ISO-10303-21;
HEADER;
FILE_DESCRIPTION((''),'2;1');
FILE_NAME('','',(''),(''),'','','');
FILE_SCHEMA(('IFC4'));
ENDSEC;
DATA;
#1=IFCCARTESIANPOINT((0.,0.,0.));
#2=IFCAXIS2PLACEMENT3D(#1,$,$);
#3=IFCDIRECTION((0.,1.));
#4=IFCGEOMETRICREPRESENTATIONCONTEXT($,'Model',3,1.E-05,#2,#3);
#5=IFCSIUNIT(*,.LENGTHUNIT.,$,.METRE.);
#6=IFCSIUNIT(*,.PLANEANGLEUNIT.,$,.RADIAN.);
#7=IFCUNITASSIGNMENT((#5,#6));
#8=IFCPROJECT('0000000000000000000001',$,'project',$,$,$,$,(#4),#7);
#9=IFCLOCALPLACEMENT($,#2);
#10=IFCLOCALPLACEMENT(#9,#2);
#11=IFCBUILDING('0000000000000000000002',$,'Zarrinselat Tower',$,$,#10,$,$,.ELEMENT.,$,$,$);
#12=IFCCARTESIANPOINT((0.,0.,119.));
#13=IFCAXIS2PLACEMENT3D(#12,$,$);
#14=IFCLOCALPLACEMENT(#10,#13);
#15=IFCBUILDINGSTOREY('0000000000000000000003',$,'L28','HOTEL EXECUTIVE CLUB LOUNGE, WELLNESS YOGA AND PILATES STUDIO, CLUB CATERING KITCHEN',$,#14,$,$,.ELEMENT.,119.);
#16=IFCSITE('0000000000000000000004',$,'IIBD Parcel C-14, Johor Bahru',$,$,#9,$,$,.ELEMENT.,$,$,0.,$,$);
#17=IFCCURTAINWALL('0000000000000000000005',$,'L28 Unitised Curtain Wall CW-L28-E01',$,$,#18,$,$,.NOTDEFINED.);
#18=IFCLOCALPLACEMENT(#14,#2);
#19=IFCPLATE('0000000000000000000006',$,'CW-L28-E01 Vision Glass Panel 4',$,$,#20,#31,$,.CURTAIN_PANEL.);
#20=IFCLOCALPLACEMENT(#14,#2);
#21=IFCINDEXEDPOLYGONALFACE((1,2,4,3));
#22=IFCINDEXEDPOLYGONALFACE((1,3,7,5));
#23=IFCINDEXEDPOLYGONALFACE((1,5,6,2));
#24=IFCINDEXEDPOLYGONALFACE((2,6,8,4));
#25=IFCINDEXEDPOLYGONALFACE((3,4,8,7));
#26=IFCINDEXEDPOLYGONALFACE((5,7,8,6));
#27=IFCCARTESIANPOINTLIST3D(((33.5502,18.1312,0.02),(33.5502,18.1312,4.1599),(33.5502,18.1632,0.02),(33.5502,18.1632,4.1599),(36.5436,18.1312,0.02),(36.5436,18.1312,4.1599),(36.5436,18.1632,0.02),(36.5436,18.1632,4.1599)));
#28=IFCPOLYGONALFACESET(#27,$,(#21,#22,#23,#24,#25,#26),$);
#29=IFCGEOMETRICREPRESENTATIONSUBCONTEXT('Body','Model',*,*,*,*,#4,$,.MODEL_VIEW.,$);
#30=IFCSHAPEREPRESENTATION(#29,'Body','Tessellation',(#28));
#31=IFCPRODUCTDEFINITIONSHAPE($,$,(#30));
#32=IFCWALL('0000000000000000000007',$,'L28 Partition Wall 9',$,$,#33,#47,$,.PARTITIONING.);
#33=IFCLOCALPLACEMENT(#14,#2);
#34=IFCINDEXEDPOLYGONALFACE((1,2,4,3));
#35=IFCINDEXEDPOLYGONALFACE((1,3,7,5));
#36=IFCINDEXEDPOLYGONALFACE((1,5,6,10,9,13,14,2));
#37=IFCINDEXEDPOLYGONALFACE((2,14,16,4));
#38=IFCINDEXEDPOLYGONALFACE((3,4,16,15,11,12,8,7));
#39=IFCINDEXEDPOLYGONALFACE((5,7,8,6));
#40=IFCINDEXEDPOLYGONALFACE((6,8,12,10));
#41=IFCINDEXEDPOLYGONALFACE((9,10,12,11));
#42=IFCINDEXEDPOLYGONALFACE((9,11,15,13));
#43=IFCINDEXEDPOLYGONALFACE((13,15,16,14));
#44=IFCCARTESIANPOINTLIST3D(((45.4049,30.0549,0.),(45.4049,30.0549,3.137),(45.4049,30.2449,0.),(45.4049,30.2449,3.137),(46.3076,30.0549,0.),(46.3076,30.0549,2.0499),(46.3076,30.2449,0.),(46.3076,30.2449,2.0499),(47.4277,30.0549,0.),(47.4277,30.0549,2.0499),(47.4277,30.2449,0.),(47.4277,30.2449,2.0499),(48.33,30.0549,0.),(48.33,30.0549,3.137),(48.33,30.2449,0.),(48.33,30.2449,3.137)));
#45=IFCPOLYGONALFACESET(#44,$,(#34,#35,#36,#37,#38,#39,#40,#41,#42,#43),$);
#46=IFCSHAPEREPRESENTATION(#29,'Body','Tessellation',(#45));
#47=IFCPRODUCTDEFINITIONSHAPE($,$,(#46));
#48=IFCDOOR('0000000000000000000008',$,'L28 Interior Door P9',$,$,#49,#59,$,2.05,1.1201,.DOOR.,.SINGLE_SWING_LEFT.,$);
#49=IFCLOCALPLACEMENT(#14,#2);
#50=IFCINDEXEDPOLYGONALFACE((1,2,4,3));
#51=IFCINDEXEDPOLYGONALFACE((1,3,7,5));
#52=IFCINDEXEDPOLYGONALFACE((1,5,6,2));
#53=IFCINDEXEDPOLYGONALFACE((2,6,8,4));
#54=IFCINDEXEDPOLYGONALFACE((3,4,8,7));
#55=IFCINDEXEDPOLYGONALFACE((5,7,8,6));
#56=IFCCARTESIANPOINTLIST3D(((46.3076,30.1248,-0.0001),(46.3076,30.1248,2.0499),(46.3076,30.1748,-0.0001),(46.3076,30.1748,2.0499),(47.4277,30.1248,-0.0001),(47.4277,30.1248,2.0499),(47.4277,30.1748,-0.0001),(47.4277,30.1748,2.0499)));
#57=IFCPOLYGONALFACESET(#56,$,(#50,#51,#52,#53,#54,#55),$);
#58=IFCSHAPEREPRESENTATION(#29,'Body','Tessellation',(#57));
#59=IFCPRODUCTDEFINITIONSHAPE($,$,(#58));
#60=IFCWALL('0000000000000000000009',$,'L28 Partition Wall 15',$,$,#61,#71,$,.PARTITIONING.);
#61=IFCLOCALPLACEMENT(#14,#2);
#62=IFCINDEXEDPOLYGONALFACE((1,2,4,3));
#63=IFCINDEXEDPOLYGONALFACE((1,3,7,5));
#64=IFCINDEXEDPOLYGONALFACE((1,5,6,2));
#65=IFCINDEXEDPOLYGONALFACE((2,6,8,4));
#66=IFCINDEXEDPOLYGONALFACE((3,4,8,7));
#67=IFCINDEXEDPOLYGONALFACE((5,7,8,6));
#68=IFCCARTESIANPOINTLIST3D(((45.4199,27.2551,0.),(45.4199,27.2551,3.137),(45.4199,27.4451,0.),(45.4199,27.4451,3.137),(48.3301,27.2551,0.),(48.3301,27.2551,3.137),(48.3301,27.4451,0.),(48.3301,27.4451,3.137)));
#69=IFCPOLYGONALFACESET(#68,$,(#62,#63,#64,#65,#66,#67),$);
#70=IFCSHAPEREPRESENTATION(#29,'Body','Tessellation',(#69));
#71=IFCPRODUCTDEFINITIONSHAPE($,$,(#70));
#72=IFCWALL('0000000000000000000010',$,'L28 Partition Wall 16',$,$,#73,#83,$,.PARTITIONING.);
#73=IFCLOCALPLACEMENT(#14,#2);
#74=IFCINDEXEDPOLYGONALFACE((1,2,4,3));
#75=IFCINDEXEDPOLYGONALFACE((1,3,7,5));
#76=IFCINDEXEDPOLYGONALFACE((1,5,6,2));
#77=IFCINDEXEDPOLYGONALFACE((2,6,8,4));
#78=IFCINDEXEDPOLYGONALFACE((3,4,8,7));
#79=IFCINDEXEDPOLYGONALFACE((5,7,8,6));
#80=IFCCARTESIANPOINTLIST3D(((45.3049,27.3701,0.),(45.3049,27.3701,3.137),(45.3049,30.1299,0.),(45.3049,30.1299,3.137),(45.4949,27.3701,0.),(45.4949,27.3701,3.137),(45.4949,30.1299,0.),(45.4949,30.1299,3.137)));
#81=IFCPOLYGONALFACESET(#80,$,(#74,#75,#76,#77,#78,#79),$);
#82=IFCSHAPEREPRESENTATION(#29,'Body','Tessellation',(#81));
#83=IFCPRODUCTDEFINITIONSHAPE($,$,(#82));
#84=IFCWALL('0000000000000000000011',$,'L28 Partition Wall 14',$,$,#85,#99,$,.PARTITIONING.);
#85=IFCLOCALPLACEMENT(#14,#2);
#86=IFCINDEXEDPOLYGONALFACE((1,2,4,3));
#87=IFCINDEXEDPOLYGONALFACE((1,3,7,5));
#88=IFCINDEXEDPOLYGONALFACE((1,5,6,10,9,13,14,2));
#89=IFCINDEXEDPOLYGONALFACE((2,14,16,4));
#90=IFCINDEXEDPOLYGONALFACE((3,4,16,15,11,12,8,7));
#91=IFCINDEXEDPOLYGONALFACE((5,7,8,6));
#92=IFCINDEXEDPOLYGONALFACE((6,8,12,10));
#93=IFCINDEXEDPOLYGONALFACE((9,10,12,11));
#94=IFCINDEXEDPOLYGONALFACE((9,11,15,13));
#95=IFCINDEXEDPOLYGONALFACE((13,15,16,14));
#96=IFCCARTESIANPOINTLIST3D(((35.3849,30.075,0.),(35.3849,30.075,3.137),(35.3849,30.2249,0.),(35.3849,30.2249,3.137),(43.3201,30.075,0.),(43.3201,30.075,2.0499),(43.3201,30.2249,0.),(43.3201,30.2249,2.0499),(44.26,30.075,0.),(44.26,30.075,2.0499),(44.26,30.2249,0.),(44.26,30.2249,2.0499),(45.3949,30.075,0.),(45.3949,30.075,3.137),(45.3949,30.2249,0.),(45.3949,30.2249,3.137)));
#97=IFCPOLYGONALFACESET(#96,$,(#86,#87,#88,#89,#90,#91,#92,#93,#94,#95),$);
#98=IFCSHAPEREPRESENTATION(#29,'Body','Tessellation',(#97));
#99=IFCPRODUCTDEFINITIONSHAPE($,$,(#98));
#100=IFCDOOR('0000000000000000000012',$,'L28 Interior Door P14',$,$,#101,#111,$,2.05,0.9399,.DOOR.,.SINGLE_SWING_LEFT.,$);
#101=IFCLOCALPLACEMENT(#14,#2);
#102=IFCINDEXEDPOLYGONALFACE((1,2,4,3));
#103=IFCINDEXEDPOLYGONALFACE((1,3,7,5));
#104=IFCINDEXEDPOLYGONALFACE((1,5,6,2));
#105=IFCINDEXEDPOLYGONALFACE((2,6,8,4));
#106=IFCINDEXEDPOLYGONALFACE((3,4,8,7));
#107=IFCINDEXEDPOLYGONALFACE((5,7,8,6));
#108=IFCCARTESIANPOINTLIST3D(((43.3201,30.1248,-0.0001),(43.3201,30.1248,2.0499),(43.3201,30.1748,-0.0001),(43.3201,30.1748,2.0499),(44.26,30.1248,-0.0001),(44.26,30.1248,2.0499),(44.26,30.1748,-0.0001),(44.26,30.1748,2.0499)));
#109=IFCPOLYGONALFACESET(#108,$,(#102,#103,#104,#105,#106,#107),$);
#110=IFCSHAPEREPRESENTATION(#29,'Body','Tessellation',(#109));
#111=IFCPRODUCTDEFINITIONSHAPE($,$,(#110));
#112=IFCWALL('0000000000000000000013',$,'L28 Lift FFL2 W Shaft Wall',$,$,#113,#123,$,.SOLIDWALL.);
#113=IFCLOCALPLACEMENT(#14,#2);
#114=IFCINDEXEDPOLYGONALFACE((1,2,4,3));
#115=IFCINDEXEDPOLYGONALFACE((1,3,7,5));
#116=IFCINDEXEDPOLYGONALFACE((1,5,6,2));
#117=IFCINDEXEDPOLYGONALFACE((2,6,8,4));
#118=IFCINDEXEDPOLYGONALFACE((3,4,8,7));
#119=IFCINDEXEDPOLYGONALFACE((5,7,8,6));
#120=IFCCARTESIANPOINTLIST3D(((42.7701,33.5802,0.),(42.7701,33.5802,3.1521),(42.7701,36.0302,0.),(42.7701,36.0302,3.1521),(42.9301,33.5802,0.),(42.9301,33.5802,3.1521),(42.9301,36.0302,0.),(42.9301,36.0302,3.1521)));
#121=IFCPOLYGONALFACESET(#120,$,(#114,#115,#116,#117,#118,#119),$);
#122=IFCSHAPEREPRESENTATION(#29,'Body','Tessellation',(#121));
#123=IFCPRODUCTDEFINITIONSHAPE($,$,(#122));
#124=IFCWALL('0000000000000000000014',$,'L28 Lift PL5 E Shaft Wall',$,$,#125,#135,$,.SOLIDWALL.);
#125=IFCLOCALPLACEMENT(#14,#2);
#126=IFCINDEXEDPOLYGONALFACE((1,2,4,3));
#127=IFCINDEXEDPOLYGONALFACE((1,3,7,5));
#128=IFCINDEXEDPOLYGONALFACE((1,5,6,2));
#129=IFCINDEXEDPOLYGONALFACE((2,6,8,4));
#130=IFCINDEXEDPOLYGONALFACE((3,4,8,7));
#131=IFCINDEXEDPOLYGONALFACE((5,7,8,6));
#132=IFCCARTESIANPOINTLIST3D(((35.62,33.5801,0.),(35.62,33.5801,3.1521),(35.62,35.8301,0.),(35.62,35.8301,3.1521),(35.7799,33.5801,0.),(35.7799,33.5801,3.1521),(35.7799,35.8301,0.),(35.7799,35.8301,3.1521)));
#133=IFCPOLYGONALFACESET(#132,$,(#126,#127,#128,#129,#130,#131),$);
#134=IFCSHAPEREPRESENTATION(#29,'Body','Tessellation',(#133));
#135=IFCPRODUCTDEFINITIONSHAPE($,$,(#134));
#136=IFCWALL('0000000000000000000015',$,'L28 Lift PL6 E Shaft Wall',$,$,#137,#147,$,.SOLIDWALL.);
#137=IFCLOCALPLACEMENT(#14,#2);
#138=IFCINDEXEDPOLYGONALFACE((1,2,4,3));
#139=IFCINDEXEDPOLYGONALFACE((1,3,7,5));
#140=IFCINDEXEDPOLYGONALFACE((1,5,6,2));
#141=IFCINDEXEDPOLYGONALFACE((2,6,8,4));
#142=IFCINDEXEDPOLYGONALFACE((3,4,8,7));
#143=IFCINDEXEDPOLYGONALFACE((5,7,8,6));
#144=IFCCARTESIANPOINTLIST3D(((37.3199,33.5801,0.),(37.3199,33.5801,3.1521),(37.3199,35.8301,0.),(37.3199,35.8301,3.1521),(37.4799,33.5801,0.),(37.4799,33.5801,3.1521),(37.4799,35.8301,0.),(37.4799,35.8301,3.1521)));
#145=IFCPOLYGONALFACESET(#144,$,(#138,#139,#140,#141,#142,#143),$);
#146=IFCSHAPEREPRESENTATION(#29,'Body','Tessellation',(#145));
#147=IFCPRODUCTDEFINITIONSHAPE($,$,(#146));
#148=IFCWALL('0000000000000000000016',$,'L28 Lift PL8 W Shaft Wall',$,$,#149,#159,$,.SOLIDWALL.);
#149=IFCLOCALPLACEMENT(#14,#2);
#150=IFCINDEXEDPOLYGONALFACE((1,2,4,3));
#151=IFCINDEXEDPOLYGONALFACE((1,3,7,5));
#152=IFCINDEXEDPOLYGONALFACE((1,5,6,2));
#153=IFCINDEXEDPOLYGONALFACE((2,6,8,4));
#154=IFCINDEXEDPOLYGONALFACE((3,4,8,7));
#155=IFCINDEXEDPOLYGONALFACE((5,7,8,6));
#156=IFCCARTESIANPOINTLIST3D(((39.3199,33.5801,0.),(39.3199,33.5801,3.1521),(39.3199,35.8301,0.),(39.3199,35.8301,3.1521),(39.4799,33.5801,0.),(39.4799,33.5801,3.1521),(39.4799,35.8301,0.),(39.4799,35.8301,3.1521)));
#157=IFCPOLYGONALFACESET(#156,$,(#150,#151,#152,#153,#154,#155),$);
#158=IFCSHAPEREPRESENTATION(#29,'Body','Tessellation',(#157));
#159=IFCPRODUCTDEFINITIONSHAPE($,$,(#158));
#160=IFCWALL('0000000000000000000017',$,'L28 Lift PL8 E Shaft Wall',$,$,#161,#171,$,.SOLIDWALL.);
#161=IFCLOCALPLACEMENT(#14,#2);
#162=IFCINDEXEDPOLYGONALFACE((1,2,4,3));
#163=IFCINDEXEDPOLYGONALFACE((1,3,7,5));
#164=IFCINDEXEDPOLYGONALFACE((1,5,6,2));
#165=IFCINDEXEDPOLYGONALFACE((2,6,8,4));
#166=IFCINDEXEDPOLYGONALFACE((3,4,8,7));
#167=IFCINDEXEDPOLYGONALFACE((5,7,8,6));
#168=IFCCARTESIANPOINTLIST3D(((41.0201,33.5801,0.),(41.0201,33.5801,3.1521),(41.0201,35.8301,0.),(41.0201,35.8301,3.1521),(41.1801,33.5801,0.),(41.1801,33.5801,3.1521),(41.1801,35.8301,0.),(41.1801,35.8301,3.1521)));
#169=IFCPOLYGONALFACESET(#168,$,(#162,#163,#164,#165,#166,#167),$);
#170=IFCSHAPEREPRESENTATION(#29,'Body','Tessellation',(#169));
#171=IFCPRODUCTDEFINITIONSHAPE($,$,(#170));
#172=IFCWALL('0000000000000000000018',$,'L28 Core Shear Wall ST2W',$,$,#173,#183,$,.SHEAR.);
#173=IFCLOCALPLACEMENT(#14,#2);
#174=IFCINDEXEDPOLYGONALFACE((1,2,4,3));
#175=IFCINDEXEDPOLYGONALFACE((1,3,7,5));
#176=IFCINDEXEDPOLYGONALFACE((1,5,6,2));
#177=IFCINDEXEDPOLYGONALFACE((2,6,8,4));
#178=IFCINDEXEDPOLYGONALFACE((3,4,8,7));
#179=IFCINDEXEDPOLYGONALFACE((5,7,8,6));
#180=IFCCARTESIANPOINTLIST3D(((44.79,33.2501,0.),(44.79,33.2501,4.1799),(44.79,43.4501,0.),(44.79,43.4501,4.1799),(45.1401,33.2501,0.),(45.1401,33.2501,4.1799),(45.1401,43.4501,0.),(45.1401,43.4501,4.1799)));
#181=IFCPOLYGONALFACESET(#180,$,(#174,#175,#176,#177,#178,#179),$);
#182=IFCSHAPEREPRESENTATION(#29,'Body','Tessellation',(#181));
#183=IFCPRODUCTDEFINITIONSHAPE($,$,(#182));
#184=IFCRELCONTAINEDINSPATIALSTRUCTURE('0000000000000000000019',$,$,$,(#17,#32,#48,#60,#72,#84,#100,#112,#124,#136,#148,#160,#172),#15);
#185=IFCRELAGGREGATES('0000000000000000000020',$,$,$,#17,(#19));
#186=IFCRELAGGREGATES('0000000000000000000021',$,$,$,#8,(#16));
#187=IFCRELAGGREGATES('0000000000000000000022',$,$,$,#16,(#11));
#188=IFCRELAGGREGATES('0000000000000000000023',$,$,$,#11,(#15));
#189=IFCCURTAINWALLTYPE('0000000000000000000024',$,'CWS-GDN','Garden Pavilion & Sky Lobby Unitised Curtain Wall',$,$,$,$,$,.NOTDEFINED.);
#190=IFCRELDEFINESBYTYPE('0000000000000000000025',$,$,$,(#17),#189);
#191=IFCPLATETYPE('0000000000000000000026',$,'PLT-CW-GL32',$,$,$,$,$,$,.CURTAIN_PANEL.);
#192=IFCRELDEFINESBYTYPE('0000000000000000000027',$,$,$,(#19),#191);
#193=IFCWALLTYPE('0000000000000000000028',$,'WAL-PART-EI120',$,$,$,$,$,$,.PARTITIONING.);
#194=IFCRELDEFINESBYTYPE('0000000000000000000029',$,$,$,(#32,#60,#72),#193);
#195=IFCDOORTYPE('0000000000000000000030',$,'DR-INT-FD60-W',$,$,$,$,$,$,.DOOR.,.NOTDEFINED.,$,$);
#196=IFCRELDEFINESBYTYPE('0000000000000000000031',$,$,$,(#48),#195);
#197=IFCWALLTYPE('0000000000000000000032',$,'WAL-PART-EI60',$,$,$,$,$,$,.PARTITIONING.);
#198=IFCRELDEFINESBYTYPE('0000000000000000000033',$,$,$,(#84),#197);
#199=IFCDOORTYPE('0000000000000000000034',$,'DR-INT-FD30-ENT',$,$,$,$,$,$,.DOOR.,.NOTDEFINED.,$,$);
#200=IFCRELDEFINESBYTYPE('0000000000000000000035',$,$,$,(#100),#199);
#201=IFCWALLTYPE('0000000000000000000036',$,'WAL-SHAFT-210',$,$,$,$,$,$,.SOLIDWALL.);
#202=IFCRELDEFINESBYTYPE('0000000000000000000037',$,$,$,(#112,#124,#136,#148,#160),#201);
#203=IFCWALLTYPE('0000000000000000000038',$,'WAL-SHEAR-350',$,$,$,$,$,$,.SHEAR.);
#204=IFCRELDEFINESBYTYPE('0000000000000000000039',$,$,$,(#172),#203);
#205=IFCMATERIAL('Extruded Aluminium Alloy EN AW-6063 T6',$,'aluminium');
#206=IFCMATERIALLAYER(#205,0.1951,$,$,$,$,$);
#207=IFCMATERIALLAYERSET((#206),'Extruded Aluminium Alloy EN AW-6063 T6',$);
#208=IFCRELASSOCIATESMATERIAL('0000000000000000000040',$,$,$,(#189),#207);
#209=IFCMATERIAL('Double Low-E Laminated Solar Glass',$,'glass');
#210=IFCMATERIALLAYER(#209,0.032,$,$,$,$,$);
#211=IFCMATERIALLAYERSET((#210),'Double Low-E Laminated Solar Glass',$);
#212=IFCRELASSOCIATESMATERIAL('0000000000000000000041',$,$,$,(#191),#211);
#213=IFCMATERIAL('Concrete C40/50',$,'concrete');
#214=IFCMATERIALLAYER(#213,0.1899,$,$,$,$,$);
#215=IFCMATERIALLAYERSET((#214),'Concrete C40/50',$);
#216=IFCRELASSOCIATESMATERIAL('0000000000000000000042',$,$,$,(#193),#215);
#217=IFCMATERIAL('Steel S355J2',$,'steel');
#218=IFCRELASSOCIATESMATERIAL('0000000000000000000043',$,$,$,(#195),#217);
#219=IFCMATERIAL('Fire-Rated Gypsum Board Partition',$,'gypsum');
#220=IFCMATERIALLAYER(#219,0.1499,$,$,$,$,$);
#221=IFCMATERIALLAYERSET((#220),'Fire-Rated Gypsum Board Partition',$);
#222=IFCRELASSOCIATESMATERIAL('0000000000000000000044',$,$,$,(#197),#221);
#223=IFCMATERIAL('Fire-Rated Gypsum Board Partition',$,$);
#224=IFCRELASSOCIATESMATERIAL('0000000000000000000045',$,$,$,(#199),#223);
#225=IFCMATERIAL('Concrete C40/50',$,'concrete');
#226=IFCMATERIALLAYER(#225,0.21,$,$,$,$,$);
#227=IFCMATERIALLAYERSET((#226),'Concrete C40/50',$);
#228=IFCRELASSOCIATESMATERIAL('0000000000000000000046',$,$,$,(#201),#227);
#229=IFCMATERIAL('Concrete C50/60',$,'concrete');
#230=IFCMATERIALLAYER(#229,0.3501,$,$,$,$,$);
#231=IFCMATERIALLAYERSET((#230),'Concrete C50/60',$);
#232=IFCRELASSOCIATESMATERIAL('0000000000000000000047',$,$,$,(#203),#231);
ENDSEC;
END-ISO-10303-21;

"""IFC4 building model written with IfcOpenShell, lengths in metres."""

from ifc_helpers import new_model, si_unit, direction, frame, frame_2d, origin, origin_2d, place, context, subcontext, project, spatial, rectangle, extrude, material, layer, layer_set, type_object, element, fill, aggregate, save


model = new_model("IFC4")

# Units and contexts
model_context = context("Model", 3, precision=1e-05, world=origin(), true_north=direction((0.0, 1.0)))
body_context = subcontext(model_context, "Body", "Model", "MODEL_VIEW")
ifc_project = project(units=[si_unit("LENGTHUNIT", "METRE"), si_unit("PLANEANGLEUNIT", "RADIAN")], contexts=[model_context])

# Site, building, storey
site_placement = place(None, origin())
site = spatial("IfcSite", under=ifc_project, at=site_placement, Name="IIBD Parcel C-14, Johor Bahru", CompositionType="ELEMENT", RefElevation=0.0)
building_placement = place(site_placement, origin())
building = spatial("IfcBuilding", under=site, at=building_placement, Name="Zarrinselat Tower", CompositionType="ELEMENT")
storey_placement = place(building_placement, frame((0.0, 0.0, 119.0)))
storey = spatial("IfcBuildingStorey", under=building, at=storey_placement, Name="L28", Description="HOTEL EXECUTIVE CLUB LOUNGE, WELLNESS YOGA AND PILATES STUDIO, CLUB CATERING KITCHEN", CompositionType="ELEMENT", Elevation=119.0)

# Curtain wall, plate
ifc_material_1 = material(Name="Extruded Aluminium Alloy EN AW-6063 T6", Category="aluminium")
ifc_layer_1 = layer(ifc_material_1, 0.1951)
ifc_layer_set_1 = layer_set([ifc_layer_1], Name="Extruded Aluminium Alloy EN AW-6063 T6")
curtain_wall_type = type_object("IfcCurtainWallType", Name="CWS-GDN", Description="Garden Pavilion & Sky Lobby Unitised Curtain Wall", PredefinedType="NOTDEFINED", material=ifc_layer_set_1)
curtain_wall_placement = place(storey_placement, origin())
curtain_wall = element("IfcCurtainWall", 1, at=curtain_wall_placement, inside=storey, type_object=curtain_wall_type, Name="L28 Unitised Curtain Wall CW-L28-E01", PredefinedType="NOTDEFINED")
ifc_material_2 = material(Name="Double Low-E Laminated Solar Glass", Category="glass")
ifc_layer_2 = layer(ifc_material_2, 0.032)
ifc_layer_set_2 = layer_set([ifc_layer_2], Name="Double Low-E Laminated Solar Glass")
plate_type = type_object("IfcPlateType", Name="PLT-CW-GL32", PredefinedType="CURTAIN_PANEL", material=ifc_layer_set_2)
plate_1_placement = place(storey_placement, frame((35.0469, 18.1472, 0.02), z_axis=(0.0, 0.0, 1.0), x_axis=(-1.0, 0.0, 0.0)))
plate_1 = element("IfcPlate", 2, at=plate_1_placement, type_object=plate_type, Name="CW-L28-E01 Vision Glass Panel 4", PredefinedType="CURTAIN_PANEL", context=body_context, shape_type="SweptSolid", body=[
    extrude(rectangle(XDim=2.9934, YDim=0.032, at=origin_2d()), origin(), (0.0, 0.0, 1.0), 4.1399),
])
aggregate(curtain_wall, [plate_1])

# Wall, opening, door
ifc_material_3 = material(Name="Concrete C40/50", Category="concrete")
ifc_layer_3 = layer(ifc_material_3, 0.1899)
ifc_layer_set_3 = layer_set([ifc_layer_3], Name="Concrete C40/50")
wall_type_1 = type_object("IfcWallType", Name="WAL-PART-EI120", PredefinedType="PARTITIONING", material=ifc_layer_set_3)
wall_1_placement = place(storey_placement, frame((45.405, 30.1499, 0.0), z_axis=(0.0, 0.0, 1.0), x_axis=(1.0, 0.0, 0.0)))
wall_1 = element("IfcWall", 3, at=wall_1_placement, inside=storey, type_object=wall_type_1, Name="L28 Partition Wall 9", PredefinedType="PARTITIONING", context=body_context, shape_type="SweptSolid", body=[
    extrude(rectangle(XDim=2.925, YDim=0.1899, at=frame_2d((1.4624, 0.0))), origin(), (0.0, 0.0, 1.0), 3.137),
])
opening_1_placement = place(wall_1_placement, frame((0.9026, 0.0, 0.0)))
opening_1 = element("IfcOpeningElement", 4, at=opening_1_placement, cuts=wall_1, PredefinedType="OPENING", context=body_context, shape_type="SweptSolid", body=[
    extrude(rectangle(XDim=1.1201, YDim=2.05, at=frame_2d((0.5601, 1.0249))), frame((0.0, 0.105, 0.0), z_axis=(0.0, -1.0, 0.0), x_axis=(1.0, 0.0, 0.0)), (0.0, 0.0, 1.0), 0.21),
])
ifc_material_4 = material(Name="Steel S355J2", Category="steel")
door_type_1 = type_object("IfcDoorType", Name="DR-INT-FD60-W", OperationType="NOTDEFINED", PredefinedType="DOOR", material=ifc_material_4)
door_1_placement = place(opening_1_placement, origin())
door_1 = element("IfcDoor", 5, at=door_1_placement, inside=storey, type_object=door_type_1, Name="L28 Interior Door P9", OperationType="SINGLE_SWING_LEFT", OverallHeight=2.05, OverallWidth=1.1201, PredefinedType="DOOR", context=body_context, shape_type="SweptSolid", body=[
    extrude(rectangle(XDim=1.1201, YDim=2.05, at=frame_2d((0.5601, 1.0249))), frame((0.0, 0.0249, 0.0), z_axis=(0.0, -1.0, 0.0), x_axis=(1.0, 0.0, 0.0)), (0.0, 0.0, 1.0), 0.05),
])
fill(opening_1, door_1)

# Walls
wall_2_placement = place(storey_placement, frame((45.4199, 27.3501, 0.0), z_axis=(0.0, 0.0, 1.0), x_axis=(1.0, 0.0, 0.0)))
element("IfcWall", 6, at=wall_2_placement, inside=storey, type_object=wall_type_1, Name="L28 Partition Wall 15", PredefinedType="PARTITIONING", context=body_context, shape_type="SweptSolid", body=[
    extrude(rectangle(XDim=2.9102, YDim=0.1899, at=frame_2d((1.4551, 0.0))), origin(), (0.0, 0.0, 1.0), 3.137),
])
wall_3_placement = place(storey_placement, frame((45.3999, 27.3701, 0.0), z_axis=(0.0, 0.0, 1.0), x_axis=(0.0, 1.0, 0.0)))
element("IfcWall", 7, at=wall_3_placement, inside=storey, type_object=wall_type_1, Name="L28 Partition Wall 16", PredefinedType="PARTITIONING", context=body_context, shape_type="SweptSolid", body=[
    extrude(rectangle(XDim=2.7598, YDim=0.1899, at=frame_2d((1.3799, 0.0))), origin(), (0.0, 0.0, 1.0), 3.137),
])

# Wall, opening, door
ifc_material_5 = material(Name="Fire-Rated Gypsum Board Partition", Category="gypsum")
ifc_layer_4 = layer(ifc_material_5, 0.1499)
ifc_layer_set_4 = layer_set([ifc_layer_4], Name="Fire-Rated Gypsum Board Partition")
wall_type_2 = type_object("IfcWallType", Name="WAL-PART-EI60", PredefinedType="PARTITIONING", material=ifc_layer_set_4)
wall_4_placement = place(storey_placement, frame((35.385, 30.1499, 0.0), z_axis=(0.0, 0.0, 1.0), x_axis=(1.0, 0.0, 0.0)))
wall_4 = element("IfcWall", 8, at=wall_4_placement, inside=storey, type_object=wall_type_2, Name="L28 Partition Wall 14", PredefinedType="PARTITIONING", context=body_context, shape_type="SweptSolid", body=[
    extrude(rectangle(XDim=10.01, YDim=0.1499, at=frame_2d((5.0049, 0.0))), origin(), (0.0, 0.0, 1.0), 3.137),
])
opening_2_placement = place(wall_4_placement, frame((7.9351, 0.0, 0.0)))
opening_2 = element("IfcOpeningElement", 9, at=opening_2_placement, cuts=wall_4, PredefinedType="OPENING", context=body_context, shape_type="SweptSolid", body=[
    extrude(rectangle(XDim=0.9399, YDim=2.05, at=frame_2d((0.47, 1.0249))), frame((0.0, 0.085, 0.0), z_axis=(0.0, -1.0, 0.0), x_axis=(1.0, 0.0, 0.0)), (0.0, 0.0, 1.0), 0.1699),
])
ifc_material_6 = material(Name="Fire-Rated Gypsum Board Partition")
door_type_2 = type_object("IfcDoorType", Name="DR-INT-FD30-ENT", OperationType="NOTDEFINED", PredefinedType="DOOR", material=ifc_material_6)
door_2_placement = place(opening_2_placement, origin())
door_2 = element("IfcDoor", 10, at=door_2_placement, inside=storey, type_object=door_type_2, Name="L28 Interior Door P14", OperationType="SINGLE_SWING_LEFT", OverallHeight=2.05, OverallWidth=0.9399, PredefinedType="DOOR", context=body_context, shape_type="SweptSolid", body=[
    extrude(rectangle(XDim=0.9399, YDim=2.05, at=frame_2d((0.47, 1.0249))), frame((0.0, 0.0249, 0.0), z_axis=(0.0, -1.0, 0.0), x_axis=(1.0, 0.0, 0.0)), (0.0, 0.0, 1.0), 0.05),
])
fill(opening_2, door_2)

# Walls
ifc_material_7 = material(Name="Concrete C40/50", Category="concrete")
ifc_layer_5 = layer(ifc_material_7, 0.21)
ifc_layer_set_5 = layer_set([ifc_layer_5], Name="Concrete C40/50")
wall_type_3 = type_object("IfcWallType", Name="WAL-SHAFT-210", PredefinedType="SOLIDWALL", material=ifc_layer_set_5)
wall_5_placement = place(storey_placement, frame((42.8501, 33.5801, 0.0), z_axis=(0.0, 0.0, 1.0), x_axis=(0.0, 1.0, 0.0)))
element("IfcWall", 11, at=wall_5_placement, inside=storey, type_object=wall_type_3, Name="L28 Lift FFL2 W Shaft Wall", PredefinedType="SOLIDWALL", context=body_context, shape_type="SweptSolid", body=[
    extrude(rectangle(XDim=2.45, YDim=0.1599, at=frame_2d((1.2251, 0.0))), origin(), (0.0, 0.0, 1.0), 3.1521),
])
for number, where, z_axis, x_axis, name in (
    (12, (35.7, 33.5801, 0.0), (0.0, 0.0, 1.0), (0.0, 1.0, 0.0), "L28 Lift PL5 E Shaft Wall"),
    (13, (37.3999, 33.5801, 0.0), (0.0, 0.0, 1.0), (0.0, 1.0, 0.0), "L28 Lift PL6 E Shaft Wall"),
    (14, (39.3999, 33.5801, 0.0), (0.0, 0.0, 1.0), (0.0, 1.0, 0.0), "L28 Lift PL8 W Shaft Wall"),
    (15, (41.1001, 33.5801, 0.0), (0.0, 0.0, 1.0), (0.0, 1.0, 0.0), "L28 Lift PL8 E Shaft Wall"),
):
    element("IfcWall", number, at=place(storey_placement, frame(where, z_axis=z_axis, x_axis=x_axis)), inside=storey, type_object=wall_type_3, Name=name, PredefinedType="SOLIDWALL", context=body_context, shape_type="SweptSolid", body=[
        extrude(rectangle(XDim=2.25, YDim=0.1599, at=frame_2d((1.125, 0.0))), origin(), (0.0, 0.0, 1.0), 3.1521),
    ])
ifc_material_8 = material(Name="Concrete C50/60", Category="concrete")
ifc_layer_6 = layer(ifc_material_8, 0.3501)
ifc_layer_set_6 = layer_set([ifc_layer_6], Name="Concrete C50/60")
wall_type_4 = type_object("IfcWallType", Name="WAL-SHEAR-350", PredefinedType="SHEAR", material=ifc_layer_set_6)
wall_6_placement = place(storey_placement, frame((44.9651, 33.25, 0.0), z_axis=(0.0, 0.0, 1.0), x_axis=(0.0, 1.0, 0.0)))
element("IfcWall", 16, at=wall_6_placement, inside=storey, type_object=wall_type_4, Name="L28 Core Shear Wall ST2W", PredefinedType="SHEAR", context=body_context, shape_type="SweptSolid", body=[
    extrude(rectangle(XDim=10.2, YDim=0.3501, at=frame_2d((5.1001, 0.0))), origin(), (0.0, 0.0, 1.0), 4.1799),
])

save(model, "model.ifc")
